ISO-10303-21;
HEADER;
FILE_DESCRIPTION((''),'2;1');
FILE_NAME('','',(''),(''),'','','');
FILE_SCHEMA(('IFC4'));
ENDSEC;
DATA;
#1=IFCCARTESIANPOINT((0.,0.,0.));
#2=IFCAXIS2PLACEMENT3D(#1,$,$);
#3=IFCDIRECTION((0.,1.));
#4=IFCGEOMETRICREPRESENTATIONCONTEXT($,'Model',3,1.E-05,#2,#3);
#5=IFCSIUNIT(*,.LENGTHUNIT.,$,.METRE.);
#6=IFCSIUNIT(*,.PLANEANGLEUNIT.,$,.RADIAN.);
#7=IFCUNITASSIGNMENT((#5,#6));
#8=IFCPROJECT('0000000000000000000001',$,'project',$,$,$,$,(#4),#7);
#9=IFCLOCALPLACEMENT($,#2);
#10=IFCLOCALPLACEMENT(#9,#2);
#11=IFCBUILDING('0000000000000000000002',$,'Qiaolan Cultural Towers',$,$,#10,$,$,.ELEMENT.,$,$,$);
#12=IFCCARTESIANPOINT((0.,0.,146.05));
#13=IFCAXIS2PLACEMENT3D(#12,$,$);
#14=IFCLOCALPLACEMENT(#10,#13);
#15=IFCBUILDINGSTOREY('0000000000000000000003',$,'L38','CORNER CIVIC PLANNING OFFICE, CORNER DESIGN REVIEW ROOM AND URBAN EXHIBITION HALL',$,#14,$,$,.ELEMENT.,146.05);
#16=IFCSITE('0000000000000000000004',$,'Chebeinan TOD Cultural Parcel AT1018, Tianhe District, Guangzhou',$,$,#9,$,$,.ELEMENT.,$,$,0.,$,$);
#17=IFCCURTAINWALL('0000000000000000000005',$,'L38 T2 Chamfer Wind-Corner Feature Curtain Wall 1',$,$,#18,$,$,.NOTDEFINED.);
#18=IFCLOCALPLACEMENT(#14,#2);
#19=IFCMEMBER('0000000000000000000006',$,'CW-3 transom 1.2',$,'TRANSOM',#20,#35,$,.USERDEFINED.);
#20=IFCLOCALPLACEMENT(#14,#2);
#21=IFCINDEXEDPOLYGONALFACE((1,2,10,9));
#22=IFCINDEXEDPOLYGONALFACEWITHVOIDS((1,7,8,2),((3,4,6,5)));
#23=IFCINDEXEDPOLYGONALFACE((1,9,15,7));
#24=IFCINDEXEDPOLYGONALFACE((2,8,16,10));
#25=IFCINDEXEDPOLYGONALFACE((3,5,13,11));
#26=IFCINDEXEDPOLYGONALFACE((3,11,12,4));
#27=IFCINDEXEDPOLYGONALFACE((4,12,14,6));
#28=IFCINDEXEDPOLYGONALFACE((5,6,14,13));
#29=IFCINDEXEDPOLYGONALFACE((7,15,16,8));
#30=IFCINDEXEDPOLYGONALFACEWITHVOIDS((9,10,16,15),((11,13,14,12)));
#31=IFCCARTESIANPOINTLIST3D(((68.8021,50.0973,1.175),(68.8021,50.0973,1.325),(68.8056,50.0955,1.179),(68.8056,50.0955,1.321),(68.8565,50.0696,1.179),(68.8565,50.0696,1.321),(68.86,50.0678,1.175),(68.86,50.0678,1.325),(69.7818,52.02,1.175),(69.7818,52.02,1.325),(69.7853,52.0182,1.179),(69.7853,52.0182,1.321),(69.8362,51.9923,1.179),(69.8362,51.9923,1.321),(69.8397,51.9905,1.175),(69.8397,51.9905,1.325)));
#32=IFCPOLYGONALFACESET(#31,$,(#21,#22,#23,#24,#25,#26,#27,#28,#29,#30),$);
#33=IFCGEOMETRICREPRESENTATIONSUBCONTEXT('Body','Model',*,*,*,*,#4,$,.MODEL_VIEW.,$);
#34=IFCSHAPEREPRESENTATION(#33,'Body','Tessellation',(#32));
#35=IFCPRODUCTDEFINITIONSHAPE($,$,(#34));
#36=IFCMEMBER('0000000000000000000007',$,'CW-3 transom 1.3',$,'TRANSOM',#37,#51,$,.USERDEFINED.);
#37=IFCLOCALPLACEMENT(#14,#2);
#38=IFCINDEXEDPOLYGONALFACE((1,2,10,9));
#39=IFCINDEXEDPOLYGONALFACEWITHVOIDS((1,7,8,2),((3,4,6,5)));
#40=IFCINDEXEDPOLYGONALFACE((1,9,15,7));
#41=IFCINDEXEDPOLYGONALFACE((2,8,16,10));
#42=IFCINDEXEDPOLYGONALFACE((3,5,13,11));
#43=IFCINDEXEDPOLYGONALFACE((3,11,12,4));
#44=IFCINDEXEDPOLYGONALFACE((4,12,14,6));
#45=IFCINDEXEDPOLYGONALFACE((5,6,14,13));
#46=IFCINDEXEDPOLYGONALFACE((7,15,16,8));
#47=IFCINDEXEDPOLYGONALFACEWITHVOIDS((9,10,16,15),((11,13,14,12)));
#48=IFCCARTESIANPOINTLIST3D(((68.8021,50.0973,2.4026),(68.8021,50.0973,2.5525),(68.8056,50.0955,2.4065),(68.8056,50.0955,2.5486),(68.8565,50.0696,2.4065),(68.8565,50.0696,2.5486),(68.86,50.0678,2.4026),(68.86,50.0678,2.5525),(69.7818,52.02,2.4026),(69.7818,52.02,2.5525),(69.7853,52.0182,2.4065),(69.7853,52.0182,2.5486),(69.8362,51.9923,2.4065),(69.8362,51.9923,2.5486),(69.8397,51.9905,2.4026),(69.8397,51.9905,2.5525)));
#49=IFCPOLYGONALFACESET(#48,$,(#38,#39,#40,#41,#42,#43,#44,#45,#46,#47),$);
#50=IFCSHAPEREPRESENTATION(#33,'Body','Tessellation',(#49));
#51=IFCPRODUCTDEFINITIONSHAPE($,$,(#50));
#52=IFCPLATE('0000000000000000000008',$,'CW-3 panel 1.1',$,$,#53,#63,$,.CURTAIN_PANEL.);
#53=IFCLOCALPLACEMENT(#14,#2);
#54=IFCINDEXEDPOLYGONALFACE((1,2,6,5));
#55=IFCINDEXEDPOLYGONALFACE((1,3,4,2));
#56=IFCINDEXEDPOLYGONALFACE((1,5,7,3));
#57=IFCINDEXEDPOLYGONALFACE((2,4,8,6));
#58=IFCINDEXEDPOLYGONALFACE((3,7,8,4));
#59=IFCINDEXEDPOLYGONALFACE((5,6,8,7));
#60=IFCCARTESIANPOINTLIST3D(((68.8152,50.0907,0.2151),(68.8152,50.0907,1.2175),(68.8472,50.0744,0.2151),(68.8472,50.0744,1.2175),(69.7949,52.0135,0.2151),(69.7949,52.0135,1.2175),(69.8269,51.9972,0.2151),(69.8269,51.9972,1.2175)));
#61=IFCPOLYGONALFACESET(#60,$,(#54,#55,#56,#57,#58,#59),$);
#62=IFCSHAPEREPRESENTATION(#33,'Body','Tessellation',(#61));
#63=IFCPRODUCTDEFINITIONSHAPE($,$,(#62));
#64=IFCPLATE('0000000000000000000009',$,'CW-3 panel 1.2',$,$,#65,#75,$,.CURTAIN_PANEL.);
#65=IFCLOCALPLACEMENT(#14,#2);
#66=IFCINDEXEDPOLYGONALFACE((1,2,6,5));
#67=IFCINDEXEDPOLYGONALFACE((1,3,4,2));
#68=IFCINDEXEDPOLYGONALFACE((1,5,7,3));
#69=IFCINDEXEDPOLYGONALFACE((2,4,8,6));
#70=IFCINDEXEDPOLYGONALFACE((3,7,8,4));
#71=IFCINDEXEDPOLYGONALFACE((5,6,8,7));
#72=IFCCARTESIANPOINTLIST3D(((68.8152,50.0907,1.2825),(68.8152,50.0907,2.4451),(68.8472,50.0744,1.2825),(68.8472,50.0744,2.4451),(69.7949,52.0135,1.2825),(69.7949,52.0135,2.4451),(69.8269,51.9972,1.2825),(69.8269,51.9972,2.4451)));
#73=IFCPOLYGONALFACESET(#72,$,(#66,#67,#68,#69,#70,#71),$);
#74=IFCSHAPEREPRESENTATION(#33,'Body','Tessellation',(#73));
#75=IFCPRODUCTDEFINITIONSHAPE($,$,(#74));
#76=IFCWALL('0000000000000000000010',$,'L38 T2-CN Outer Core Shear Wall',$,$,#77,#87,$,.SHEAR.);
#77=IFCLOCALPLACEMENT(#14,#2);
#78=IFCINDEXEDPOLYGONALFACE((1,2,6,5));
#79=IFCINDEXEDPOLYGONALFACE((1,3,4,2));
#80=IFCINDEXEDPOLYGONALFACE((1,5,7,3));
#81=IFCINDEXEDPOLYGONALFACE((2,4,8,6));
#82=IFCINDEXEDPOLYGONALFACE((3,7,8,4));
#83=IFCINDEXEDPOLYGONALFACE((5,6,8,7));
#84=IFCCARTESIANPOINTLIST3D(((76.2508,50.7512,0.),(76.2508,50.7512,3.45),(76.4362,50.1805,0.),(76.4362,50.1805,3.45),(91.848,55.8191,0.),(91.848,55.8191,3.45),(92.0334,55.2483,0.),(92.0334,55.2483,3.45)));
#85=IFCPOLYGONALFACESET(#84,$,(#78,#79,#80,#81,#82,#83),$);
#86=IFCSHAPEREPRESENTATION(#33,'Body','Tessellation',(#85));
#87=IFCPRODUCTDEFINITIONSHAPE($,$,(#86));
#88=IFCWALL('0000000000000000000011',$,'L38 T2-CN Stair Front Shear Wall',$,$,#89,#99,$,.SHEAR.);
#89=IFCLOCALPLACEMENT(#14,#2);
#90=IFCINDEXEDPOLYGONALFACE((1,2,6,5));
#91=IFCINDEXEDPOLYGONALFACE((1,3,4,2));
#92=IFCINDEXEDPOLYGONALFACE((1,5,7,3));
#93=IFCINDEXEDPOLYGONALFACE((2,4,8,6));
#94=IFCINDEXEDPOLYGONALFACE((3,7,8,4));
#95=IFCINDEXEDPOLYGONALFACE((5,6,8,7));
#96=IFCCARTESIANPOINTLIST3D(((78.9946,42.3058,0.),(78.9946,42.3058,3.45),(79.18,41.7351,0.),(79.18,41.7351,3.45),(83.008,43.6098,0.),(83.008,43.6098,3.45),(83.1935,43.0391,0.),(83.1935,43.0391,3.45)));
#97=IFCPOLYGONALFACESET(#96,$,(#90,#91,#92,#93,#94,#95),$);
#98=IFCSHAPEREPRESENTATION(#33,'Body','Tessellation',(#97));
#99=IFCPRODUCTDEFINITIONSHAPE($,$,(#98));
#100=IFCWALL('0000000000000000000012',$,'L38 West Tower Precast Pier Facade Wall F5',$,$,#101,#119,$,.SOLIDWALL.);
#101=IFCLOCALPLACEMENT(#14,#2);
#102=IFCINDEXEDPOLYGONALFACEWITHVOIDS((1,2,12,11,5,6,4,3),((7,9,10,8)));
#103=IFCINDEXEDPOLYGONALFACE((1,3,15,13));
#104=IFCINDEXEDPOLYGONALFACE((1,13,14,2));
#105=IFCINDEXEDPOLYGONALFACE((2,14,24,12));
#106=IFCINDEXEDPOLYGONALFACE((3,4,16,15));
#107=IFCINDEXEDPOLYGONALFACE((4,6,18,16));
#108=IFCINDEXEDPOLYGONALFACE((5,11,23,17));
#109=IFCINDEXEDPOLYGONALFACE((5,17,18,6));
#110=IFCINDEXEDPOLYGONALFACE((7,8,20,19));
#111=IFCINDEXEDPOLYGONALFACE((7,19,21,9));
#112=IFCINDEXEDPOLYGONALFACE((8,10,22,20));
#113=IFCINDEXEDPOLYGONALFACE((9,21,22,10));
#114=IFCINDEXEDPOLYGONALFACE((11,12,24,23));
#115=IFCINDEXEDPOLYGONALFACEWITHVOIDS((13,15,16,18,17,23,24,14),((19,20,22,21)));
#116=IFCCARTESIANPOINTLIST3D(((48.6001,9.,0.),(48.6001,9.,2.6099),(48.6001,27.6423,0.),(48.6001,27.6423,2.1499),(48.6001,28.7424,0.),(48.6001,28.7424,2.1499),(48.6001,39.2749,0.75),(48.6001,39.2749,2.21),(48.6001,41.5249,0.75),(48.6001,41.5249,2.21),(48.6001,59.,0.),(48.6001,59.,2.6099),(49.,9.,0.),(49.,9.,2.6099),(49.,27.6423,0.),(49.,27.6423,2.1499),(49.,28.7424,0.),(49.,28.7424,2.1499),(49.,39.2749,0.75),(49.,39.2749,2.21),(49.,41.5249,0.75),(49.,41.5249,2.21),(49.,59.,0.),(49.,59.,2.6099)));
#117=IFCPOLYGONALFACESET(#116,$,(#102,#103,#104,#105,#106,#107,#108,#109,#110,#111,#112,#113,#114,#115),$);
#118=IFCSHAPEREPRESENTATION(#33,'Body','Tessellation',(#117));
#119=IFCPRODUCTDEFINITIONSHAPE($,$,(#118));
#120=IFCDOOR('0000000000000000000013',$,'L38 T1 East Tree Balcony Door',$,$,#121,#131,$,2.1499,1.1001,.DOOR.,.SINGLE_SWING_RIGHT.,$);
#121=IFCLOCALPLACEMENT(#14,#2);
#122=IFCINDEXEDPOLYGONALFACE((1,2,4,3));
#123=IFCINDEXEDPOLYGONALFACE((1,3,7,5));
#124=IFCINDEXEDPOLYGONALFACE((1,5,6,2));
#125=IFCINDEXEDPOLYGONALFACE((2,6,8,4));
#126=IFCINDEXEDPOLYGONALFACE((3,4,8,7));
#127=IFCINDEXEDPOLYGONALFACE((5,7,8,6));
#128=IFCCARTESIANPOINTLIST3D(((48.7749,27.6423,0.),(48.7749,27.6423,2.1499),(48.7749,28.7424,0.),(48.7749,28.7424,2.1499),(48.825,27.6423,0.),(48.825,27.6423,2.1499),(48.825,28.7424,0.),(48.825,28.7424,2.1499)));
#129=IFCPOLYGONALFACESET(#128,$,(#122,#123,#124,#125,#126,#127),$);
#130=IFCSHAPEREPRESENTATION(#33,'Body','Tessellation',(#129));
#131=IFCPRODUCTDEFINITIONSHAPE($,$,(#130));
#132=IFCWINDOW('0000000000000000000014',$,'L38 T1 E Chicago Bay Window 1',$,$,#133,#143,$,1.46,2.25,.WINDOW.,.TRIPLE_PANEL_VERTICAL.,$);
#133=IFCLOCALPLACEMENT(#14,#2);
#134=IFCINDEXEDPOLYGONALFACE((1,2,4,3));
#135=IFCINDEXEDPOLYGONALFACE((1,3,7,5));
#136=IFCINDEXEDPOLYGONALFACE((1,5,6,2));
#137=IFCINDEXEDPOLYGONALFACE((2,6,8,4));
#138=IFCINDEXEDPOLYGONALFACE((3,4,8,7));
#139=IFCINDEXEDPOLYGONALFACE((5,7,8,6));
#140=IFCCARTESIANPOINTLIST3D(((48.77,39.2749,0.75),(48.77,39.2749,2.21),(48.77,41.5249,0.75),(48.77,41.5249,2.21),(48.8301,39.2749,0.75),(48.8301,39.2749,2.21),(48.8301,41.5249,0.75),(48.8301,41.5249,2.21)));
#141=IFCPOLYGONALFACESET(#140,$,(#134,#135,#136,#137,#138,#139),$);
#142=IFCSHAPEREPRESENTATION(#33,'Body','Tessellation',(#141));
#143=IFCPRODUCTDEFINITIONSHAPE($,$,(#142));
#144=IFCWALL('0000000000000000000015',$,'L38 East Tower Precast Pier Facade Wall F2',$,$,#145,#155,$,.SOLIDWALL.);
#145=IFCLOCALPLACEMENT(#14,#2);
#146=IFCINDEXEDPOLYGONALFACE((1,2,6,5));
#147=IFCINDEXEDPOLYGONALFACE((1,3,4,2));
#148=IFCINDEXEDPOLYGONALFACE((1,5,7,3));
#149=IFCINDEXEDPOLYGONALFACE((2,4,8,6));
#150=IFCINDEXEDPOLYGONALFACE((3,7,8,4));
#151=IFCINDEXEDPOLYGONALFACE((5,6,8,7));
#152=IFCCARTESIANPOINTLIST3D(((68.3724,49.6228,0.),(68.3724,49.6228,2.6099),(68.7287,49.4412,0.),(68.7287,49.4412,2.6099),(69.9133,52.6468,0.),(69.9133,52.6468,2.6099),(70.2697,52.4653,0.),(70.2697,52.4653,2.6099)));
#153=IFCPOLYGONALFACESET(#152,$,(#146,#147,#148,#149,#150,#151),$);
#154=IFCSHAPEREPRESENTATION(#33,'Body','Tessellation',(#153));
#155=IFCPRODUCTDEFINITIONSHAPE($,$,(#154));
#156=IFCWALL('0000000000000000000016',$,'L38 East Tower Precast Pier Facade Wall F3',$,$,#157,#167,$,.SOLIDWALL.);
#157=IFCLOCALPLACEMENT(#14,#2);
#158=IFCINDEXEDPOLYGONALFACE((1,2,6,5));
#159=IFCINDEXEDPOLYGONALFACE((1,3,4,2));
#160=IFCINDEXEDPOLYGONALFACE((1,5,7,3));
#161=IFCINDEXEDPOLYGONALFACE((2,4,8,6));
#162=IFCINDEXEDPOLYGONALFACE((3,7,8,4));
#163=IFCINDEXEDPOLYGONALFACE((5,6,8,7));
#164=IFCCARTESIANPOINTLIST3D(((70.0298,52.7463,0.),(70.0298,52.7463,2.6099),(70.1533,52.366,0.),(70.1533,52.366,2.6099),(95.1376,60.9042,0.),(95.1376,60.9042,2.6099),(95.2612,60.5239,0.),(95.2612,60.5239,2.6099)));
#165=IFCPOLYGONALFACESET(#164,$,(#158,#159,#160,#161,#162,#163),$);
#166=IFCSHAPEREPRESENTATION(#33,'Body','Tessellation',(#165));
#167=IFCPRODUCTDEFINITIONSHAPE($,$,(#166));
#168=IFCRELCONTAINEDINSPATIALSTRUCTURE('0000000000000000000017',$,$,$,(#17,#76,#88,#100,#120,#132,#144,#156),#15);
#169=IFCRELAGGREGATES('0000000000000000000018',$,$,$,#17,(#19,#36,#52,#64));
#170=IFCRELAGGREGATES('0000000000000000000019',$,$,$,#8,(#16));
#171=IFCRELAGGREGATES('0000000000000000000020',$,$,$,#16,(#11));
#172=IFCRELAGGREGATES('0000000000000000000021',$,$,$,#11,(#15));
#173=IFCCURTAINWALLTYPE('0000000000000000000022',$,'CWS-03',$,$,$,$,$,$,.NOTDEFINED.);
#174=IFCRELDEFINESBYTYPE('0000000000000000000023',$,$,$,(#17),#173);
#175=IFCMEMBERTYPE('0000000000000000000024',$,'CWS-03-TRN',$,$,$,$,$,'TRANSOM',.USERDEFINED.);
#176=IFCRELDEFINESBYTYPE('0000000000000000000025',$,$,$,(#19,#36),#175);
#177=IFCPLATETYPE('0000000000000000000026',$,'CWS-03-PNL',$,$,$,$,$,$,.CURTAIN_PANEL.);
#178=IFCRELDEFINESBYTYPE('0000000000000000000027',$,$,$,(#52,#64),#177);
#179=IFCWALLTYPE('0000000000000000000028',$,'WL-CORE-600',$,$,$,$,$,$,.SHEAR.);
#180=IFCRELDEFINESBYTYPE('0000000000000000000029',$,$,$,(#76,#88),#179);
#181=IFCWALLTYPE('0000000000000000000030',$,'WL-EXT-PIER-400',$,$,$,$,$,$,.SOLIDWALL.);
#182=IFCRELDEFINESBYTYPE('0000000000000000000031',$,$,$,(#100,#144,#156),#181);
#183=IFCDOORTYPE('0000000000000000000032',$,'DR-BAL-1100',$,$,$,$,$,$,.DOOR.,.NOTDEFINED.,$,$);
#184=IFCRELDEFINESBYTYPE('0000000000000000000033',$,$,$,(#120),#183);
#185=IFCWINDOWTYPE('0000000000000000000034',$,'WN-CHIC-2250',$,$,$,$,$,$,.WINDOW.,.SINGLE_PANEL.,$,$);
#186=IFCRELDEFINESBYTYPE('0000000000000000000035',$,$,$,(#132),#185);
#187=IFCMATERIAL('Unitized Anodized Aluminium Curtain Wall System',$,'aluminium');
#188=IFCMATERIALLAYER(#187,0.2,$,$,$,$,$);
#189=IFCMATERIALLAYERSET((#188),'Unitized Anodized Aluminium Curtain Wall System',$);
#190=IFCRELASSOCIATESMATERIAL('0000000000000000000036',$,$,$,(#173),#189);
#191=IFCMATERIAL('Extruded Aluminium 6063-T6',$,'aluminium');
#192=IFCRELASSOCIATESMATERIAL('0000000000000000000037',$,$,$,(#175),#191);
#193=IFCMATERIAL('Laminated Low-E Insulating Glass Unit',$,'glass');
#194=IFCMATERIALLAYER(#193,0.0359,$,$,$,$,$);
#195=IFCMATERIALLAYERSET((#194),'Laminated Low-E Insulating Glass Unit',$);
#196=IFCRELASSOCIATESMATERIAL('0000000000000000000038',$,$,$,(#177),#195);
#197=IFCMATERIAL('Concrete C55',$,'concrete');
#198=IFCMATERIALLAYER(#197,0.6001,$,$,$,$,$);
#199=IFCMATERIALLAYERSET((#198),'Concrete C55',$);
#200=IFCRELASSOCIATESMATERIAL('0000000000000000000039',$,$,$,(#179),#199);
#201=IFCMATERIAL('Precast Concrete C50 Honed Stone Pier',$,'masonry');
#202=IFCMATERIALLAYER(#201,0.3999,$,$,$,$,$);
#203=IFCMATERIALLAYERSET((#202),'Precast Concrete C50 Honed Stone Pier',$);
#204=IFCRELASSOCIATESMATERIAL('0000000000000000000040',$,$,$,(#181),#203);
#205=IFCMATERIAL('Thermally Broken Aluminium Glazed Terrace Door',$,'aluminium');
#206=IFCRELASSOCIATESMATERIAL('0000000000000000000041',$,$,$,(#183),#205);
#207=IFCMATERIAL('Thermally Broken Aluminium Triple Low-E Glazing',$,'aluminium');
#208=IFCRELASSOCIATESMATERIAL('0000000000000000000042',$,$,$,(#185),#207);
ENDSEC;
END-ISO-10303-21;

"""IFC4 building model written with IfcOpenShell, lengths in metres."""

from ifc_helpers import new_model, si_unit, direction, frame, frame_2d, origin, origin_2d, place, context, subcontext, project, spatial, rectangle, hollow_rectangle, extrude, material, layer, layer_set, material_profile, profile_set, type_object, element, fill, aggregate, save


model = new_model("IFC4")

# Units and contexts
model_context = context("Model", 3, precision=1e-05, world=origin(), true_north=direction((0.0, 1.0)))
body_context = subcontext(model_context, "Body", "Model", "MODEL_VIEW")
ifc_project = project(units=[si_unit("LENGTHUNIT", "METRE"), si_unit("PLANEANGLEUNIT", "RADIAN")], contexts=[model_context])

# Site, building, storey
site_placement = place(None, origin())
site = spatial("IfcSite", under=ifc_project, at=site_placement, Name="Chebeinan TOD Cultural Parcel AT1018, Tianhe District, Guangzhou", CompositionType="ELEMENT", RefElevation=0.0)
building_placement = place(site_placement, origin())
building = spatial("IfcBuilding", under=site, at=building_placement, Name="Qiaolan Cultural Towers", CompositionType="ELEMENT")
storey_placement = place(building_placement, frame((0.0, 0.0, 146.05)))
storey = spatial("IfcBuildingStorey", under=building, at=storey_placement, Name="L38", Description="CORNER CIVIC PLANNING OFFICE, CORNER DESIGN REVIEW ROOM AND URBAN EXHIBITION HALL", CompositionType="ELEMENT", Elevation=146.05)

# Curtain wall, members, plates
ifc_material_1 = material(Name="Unitized Anodized Aluminium Curtain Wall System", Category="aluminium")
ifc_layer_1 = layer(ifc_material_1, 0.2)
ifc_layer_set_1 = layer_set([ifc_layer_1], Name="Unitized Anodized Aluminium Curtain Wall System")
curtain_wall_type = type_object("IfcCurtainWallType", Name="CWS-03", PredefinedType="NOTDEFINED", material=ifc_layer_set_1)
curtain_wall_placement = place(storey_placement, origin())
curtain_wall = element("IfcCurtainWall", 1, at=curtain_wall_placement, inside=storey, type_object=curtain_wall_type, Name="L38 T2 Chamfer Wind-Corner Feature Curtain Wall 1", PredefinedType="NOTDEFINED")
ifc_material_2 = material(Name="Extruded Aluminium 6063-T6", Category="aluminium")
ifc_material_profile_1 = material_profile(ifc_material_2, hollow_rectangle(XDim=0.0649, YDim=0.1499, WallThickness=0.0039, at=origin_2d()), Name="CWT-150x65x4")
ifc_profile_set_1 = profile_set([ifc_material_profile_1], Name="Extruded Aluminium 6063-T6")
member_type_1 = type_object("IfcMemberType", Name="CWS-03-TRN", ElementType="TRANSOM", PredefinedType="USERDEFINED", material=ifc_profile_set_1)
member_1_placement = place(storey_placement, frame((68.8311, 50.0825, 1.25), z_axis=(0.453988, 0.891008, 0.0), x_axis=(-0.891008, 0.453988, 0.0)))
member_1 = element("IfcMember", 2, at=member_1_placement, type_object=member_type_1, Name="CW-3 transom 1.2", ObjectType="TRANSOM", PredefinedType="USERDEFINED", context=body_context, shape_type="SweptSolid", body=[
    extrude(hollow_rectangle(XDim=0.0649, YDim=0.1499, WallThickness=0.0039, at=origin_2d()), origin(), (0.0, 0.0, 1.0), 2.158),
])
member_2_placement = place(storey_placement, frame((68.8311, 50.0825, 2.4775), z_axis=(0.453988, 0.891008, 0.0), x_axis=(-0.891008, 0.453988, 0.0)))
member_2 = element("IfcMember", 3, at=member_2_placement, type_object=member_type_1, Name="CW-3 transom 1.3", ObjectType="TRANSOM", PredefinedType="USERDEFINED", context=body_context, shape_type="SweptSolid", body=[
    extrude(hollow_rectangle(XDim=0.0649, YDim=0.1499, WallThickness=0.0039, at=origin_2d()), origin(), (0.0, 0.0, 1.0), 2.158),
])
ifc_material_3 = material(Name="Laminated Low-E Insulating Glass Unit", Category="glass")
ifc_layer_2 = layer(ifc_material_3, 0.0359)
ifc_layer_set_2 = layer_set([ifc_layer_2], Name="Laminated Low-E Insulating Glass Unit")
plate_type = type_object("IfcPlateType", Name="CWS-03-PNL", PredefinedType="CURTAIN_PANEL", material=ifc_layer_set_2)
plate_1_placement = place(storey_placement, frame((69.321, 51.0439, 0.2151), z_axis=(0.0, 0.0, 1.0), x_axis=(0.45399, 0.891007, 0.0)))
plate_1 = element("IfcPlate", 4, at=plate_1_placement, type_object=plate_type, Name="CW-3 panel 1.1", PredefinedType="CURTAIN_PANEL", context=body_context, shape_type="SweptSolid", body=[
    extrude(rectangle(XDim=2.158, YDim=0.0359, at=origin_2d()), origin(), (0.0, 0.0, 1.0), 1.0024),
])
plate_2_placement = place(storey_placement, frame((69.321, 51.0439, 1.2825), z_axis=(0.0, 0.0, 1.0), x_axis=(0.45399, 0.891007, 0.0)))
plate_2 = element("IfcPlate", 5, at=plate_2_placement, type_object=plate_type, Name="CW-3 panel 1.2", PredefinedType="CURTAIN_PANEL", context=body_context, shape_type="SweptSolid", body=[
    extrude(rectangle(XDim=2.158, YDim=0.0359, at=origin_2d()), origin(), (0.0, 0.0, 1.0), 1.1626),
])
aggregate(curtain_wall, [member_1, member_2, plate_1, plate_2])

# Walls
ifc_material_4 = material(Name="Concrete C55", Category="concrete")
ifc_layer_3 = layer(ifc_material_4, 0.6001)
ifc_layer_set_3 = layer_set([ifc_layer_3], Name="Concrete C55")
wall_type_1 = type_object("IfcWallType", Name="WL-CORE-600", PredefinedType="SHEAR", material=ifc_layer_set_3)
wall_1_placement = place(storey_placement, frame((76.3435, 50.4658, 0.0), z_axis=(0.0, 0.0, 1.0), x_axis=(0.951056, 0.309019, 0.0)))
element("IfcWall", 6, at=wall_1_placement, inside=storey, type_object=wall_type_1, Name="L38 T2-CN Outer Core Shear Wall", PredefinedType="SHEAR", context=body_context, shape_type="SweptSolid", body=[
    extrude(rectangle(XDim=16.3999, YDim=0.6001, at=frame_2d((8.2, 0.0))), origin(), (0.0, 0.0, 1.0), 3.45),
])
wall_2_placement = place(storey_placement, frame((79.0874, 42.0205, 0.0), z_axis=(0.0, 0.0, 1.0), x_axis=(0.951063, 0.308998, 0.0)))
element("IfcWall", 7, at=wall_2_placement, inside=storey, type_object=wall_type_1, Name="L38 T2-CN Stair Front Shear Wall", PredefinedType="SHEAR", context=body_context, shape_type="SweptSolid", body=[
    extrude(rectangle(XDim=4.22, YDim=0.6001, at=frame_2d((2.1099, 0.0))), origin(), (0.0, 0.0, 1.0), 3.45),
])

# Wall, openings, door, window
ifc_material_5 = material(Name="Precast Concrete C50 Honed Stone Pier", Category="masonry")
ifc_layer_4 = layer(ifc_material_5, 0.3999)
ifc_layer_set_4 = layer_set([ifc_layer_4], Name="Precast Concrete C50 Honed Stone Pier")
wall_type_2 = type_object("IfcWallType", Name="WL-EXT-PIER-400", PredefinedType="SOLIDWALL", material=ifc_layer_set_4)
wall_3_placement = place(storey_placement, frame((48.8, 59.0, 0.0), z_axis=(0.0, 0.0, 1.0), x_axis=(0.0, -1.0, 0.0)))
wall_3 = element("IfcWall", 8, at=wall_3_placement, inside=storey, type_object=wall_type_2, Name="L38 West Tower Precast Pier Facade Wall F5", PredefinedType="SOLIDWALL", context=body_context, shape_type="SweptSolid", body=[
    extrude(rectangle(XDim=50.0, YDim=0.3999, at=frame_2d((25.0, 0.0))), origin(), (0.0, 0.0, 1.0), 2.6099),
])
opening_1_placement = place(wall_3_placement, frame((17.4751, 0.0, 0.75)))
opening_1 = element("IfcOpeningElement", 9, at=opening_1_placement, cuts=wall_3, PredefinedType="OPENING", context=body_context, shape_type="SweptSolid", body=[
    extrude(rectangle(XDim=2.25, YDim=1.46, at=frame_2d((1.125, 0.73))), frame((0.0, 0.21, 0.0), z_axis=(0.0, -1.0, 0.0), x_axis=(1.0, 0.0, 0.0)), (0.0, 0.0, 1.0), 0.4199),
])
opening_2_placement = place(wall_3_placement, frame((30.2576, 0.0, 0.0)))
opening_2 = element("IfcOpeningElement", 10, at=opening_2_placement, cuts=wall_3, PredefinedType="OPENING", context=body_context, shape_type="SweptSolid", body=[
    extrude(rectangle(XDim=1.1001, YDim=2.1499, at=frame_2d((0.55, 1.075))), frame((0.0, 0.21, 0.0), z_axis=(0.0, -1.0, 0.0), x_axis=(1.0, 0.0, 0.0)), (0.0, 0.0, 1.0), 0.4199),
])
ifc_material_6 = material(Name="Thermally Broken Aluminium Glazed Terrace Door", Category="aluminium")
door_type = type_object("IfcDoorType", Name="DR-BAL-1100", OperationType="NOTDEFINED", PredefinedType="DOOR", material=ifc_material_6)
door_placement = place(opening_2_placement, origin())
door = element("IfcDoor", 11, at=door_placement, inside=storey, type_object=door_type, Name="L38 T1 East Tree Balcony Door", OperationType="SINGLE_SWING_RIGHT", OverallHeight=2.1499, OverallWidth=1.1001, PredefinedType="DOOR", context=body_context, shape_type="SweptSolid", body=[
    extrude(rectangle(XDim=1.1001, YDim=2.1499, at=frame_2d((0.55, 1.075))), frame((0.0, 0.0249, 0.0), z_axis=(0.0, -1.0, 0.0), x_axis=(1.0, 0.0, 0.0)), (0.0, 0.0, 1.0), 0.05),
])
fill(opening_2, door)
ifc_material_7 = material(Name="Thermally Broken Aluminium Triple Low-E Glazing", Category="aluminium")
window_type = type_object("IfcWindowType", Name="WN-CHIC-2250", PartitioningType="SINGLE_PANEL", PredefinedType="WINDOW", material=ifc_material_7)
window_placement = place(opening_1_placement, origin())
window = element("IfcWindow", 12, at=window_placement, inside=storey, type_object=window_type, Name="L38 T1 E Chicago Bay Window 1", OverallHeight=1.46, OverallWidth=2.25, PartitioningType="TRIPLE_PANEL_VERTICAL", PredefinedType="WINDOW", context=body_context, shape_type="SweptSolid", body=[
    extrude(rectangle(XDim=2.25, YDim=1.46, at=frame_2d((1.125, 0.73))), frame((0.0, 0.03, 0.0), z_axis=(0.0, -1.0, 0.0), x_axis=(1.0, 0.0, 0.0)), (0.0, 0.0, 1.0), 0.0601),
])
fill(opening_1, window)

# Walls
wall_4_placement = place(storey_placement, frame((68.5505, 49.532, 0.0), z_axis=(0.0, 0.0, 1.0), x_axis=(0.45402, 0.890992, 0.0)))
element("IfcWall", 13, at=wall_4_placement, inside=storey, type_object=wall_type_2, Name="L38 East Tower Precast Pier Facade Wall F2", PredefinedType="SOLIDWALL", context=body_context, shape_type="SweptSolid", body=[
    extrude(rectangle(XDim=3.394, YDim=0.3999, at=frame_2d((1.697, 0.0))), origin(), (0.0, 0.0, 1.0), 2.6099),
])
wall_5_placement = place(storey_placement, frame((70.0916, 52.5562, 0.0), z_axis=(0.0, 0.0, 1.0), x_axis=(0.951058, 0.309014, 0.0)))
element("IfcWall", 14, at=wall_5_placement, inside=storey, type_object=wall_type_2, Name="L38 East Tower Precast Pier Facade Wall F3", PredefinedType="SOLIDWALL", context=body_context, shape_type="SweptSolid", body=[
    extrude(rectangle(XDim=26.3999, YDim=0.3999, at=frame_2d((13.2, 0.0))), origin(), (0.0, 0.0, 1.0), 2.6099),
])

save(model, "model.ifc")
